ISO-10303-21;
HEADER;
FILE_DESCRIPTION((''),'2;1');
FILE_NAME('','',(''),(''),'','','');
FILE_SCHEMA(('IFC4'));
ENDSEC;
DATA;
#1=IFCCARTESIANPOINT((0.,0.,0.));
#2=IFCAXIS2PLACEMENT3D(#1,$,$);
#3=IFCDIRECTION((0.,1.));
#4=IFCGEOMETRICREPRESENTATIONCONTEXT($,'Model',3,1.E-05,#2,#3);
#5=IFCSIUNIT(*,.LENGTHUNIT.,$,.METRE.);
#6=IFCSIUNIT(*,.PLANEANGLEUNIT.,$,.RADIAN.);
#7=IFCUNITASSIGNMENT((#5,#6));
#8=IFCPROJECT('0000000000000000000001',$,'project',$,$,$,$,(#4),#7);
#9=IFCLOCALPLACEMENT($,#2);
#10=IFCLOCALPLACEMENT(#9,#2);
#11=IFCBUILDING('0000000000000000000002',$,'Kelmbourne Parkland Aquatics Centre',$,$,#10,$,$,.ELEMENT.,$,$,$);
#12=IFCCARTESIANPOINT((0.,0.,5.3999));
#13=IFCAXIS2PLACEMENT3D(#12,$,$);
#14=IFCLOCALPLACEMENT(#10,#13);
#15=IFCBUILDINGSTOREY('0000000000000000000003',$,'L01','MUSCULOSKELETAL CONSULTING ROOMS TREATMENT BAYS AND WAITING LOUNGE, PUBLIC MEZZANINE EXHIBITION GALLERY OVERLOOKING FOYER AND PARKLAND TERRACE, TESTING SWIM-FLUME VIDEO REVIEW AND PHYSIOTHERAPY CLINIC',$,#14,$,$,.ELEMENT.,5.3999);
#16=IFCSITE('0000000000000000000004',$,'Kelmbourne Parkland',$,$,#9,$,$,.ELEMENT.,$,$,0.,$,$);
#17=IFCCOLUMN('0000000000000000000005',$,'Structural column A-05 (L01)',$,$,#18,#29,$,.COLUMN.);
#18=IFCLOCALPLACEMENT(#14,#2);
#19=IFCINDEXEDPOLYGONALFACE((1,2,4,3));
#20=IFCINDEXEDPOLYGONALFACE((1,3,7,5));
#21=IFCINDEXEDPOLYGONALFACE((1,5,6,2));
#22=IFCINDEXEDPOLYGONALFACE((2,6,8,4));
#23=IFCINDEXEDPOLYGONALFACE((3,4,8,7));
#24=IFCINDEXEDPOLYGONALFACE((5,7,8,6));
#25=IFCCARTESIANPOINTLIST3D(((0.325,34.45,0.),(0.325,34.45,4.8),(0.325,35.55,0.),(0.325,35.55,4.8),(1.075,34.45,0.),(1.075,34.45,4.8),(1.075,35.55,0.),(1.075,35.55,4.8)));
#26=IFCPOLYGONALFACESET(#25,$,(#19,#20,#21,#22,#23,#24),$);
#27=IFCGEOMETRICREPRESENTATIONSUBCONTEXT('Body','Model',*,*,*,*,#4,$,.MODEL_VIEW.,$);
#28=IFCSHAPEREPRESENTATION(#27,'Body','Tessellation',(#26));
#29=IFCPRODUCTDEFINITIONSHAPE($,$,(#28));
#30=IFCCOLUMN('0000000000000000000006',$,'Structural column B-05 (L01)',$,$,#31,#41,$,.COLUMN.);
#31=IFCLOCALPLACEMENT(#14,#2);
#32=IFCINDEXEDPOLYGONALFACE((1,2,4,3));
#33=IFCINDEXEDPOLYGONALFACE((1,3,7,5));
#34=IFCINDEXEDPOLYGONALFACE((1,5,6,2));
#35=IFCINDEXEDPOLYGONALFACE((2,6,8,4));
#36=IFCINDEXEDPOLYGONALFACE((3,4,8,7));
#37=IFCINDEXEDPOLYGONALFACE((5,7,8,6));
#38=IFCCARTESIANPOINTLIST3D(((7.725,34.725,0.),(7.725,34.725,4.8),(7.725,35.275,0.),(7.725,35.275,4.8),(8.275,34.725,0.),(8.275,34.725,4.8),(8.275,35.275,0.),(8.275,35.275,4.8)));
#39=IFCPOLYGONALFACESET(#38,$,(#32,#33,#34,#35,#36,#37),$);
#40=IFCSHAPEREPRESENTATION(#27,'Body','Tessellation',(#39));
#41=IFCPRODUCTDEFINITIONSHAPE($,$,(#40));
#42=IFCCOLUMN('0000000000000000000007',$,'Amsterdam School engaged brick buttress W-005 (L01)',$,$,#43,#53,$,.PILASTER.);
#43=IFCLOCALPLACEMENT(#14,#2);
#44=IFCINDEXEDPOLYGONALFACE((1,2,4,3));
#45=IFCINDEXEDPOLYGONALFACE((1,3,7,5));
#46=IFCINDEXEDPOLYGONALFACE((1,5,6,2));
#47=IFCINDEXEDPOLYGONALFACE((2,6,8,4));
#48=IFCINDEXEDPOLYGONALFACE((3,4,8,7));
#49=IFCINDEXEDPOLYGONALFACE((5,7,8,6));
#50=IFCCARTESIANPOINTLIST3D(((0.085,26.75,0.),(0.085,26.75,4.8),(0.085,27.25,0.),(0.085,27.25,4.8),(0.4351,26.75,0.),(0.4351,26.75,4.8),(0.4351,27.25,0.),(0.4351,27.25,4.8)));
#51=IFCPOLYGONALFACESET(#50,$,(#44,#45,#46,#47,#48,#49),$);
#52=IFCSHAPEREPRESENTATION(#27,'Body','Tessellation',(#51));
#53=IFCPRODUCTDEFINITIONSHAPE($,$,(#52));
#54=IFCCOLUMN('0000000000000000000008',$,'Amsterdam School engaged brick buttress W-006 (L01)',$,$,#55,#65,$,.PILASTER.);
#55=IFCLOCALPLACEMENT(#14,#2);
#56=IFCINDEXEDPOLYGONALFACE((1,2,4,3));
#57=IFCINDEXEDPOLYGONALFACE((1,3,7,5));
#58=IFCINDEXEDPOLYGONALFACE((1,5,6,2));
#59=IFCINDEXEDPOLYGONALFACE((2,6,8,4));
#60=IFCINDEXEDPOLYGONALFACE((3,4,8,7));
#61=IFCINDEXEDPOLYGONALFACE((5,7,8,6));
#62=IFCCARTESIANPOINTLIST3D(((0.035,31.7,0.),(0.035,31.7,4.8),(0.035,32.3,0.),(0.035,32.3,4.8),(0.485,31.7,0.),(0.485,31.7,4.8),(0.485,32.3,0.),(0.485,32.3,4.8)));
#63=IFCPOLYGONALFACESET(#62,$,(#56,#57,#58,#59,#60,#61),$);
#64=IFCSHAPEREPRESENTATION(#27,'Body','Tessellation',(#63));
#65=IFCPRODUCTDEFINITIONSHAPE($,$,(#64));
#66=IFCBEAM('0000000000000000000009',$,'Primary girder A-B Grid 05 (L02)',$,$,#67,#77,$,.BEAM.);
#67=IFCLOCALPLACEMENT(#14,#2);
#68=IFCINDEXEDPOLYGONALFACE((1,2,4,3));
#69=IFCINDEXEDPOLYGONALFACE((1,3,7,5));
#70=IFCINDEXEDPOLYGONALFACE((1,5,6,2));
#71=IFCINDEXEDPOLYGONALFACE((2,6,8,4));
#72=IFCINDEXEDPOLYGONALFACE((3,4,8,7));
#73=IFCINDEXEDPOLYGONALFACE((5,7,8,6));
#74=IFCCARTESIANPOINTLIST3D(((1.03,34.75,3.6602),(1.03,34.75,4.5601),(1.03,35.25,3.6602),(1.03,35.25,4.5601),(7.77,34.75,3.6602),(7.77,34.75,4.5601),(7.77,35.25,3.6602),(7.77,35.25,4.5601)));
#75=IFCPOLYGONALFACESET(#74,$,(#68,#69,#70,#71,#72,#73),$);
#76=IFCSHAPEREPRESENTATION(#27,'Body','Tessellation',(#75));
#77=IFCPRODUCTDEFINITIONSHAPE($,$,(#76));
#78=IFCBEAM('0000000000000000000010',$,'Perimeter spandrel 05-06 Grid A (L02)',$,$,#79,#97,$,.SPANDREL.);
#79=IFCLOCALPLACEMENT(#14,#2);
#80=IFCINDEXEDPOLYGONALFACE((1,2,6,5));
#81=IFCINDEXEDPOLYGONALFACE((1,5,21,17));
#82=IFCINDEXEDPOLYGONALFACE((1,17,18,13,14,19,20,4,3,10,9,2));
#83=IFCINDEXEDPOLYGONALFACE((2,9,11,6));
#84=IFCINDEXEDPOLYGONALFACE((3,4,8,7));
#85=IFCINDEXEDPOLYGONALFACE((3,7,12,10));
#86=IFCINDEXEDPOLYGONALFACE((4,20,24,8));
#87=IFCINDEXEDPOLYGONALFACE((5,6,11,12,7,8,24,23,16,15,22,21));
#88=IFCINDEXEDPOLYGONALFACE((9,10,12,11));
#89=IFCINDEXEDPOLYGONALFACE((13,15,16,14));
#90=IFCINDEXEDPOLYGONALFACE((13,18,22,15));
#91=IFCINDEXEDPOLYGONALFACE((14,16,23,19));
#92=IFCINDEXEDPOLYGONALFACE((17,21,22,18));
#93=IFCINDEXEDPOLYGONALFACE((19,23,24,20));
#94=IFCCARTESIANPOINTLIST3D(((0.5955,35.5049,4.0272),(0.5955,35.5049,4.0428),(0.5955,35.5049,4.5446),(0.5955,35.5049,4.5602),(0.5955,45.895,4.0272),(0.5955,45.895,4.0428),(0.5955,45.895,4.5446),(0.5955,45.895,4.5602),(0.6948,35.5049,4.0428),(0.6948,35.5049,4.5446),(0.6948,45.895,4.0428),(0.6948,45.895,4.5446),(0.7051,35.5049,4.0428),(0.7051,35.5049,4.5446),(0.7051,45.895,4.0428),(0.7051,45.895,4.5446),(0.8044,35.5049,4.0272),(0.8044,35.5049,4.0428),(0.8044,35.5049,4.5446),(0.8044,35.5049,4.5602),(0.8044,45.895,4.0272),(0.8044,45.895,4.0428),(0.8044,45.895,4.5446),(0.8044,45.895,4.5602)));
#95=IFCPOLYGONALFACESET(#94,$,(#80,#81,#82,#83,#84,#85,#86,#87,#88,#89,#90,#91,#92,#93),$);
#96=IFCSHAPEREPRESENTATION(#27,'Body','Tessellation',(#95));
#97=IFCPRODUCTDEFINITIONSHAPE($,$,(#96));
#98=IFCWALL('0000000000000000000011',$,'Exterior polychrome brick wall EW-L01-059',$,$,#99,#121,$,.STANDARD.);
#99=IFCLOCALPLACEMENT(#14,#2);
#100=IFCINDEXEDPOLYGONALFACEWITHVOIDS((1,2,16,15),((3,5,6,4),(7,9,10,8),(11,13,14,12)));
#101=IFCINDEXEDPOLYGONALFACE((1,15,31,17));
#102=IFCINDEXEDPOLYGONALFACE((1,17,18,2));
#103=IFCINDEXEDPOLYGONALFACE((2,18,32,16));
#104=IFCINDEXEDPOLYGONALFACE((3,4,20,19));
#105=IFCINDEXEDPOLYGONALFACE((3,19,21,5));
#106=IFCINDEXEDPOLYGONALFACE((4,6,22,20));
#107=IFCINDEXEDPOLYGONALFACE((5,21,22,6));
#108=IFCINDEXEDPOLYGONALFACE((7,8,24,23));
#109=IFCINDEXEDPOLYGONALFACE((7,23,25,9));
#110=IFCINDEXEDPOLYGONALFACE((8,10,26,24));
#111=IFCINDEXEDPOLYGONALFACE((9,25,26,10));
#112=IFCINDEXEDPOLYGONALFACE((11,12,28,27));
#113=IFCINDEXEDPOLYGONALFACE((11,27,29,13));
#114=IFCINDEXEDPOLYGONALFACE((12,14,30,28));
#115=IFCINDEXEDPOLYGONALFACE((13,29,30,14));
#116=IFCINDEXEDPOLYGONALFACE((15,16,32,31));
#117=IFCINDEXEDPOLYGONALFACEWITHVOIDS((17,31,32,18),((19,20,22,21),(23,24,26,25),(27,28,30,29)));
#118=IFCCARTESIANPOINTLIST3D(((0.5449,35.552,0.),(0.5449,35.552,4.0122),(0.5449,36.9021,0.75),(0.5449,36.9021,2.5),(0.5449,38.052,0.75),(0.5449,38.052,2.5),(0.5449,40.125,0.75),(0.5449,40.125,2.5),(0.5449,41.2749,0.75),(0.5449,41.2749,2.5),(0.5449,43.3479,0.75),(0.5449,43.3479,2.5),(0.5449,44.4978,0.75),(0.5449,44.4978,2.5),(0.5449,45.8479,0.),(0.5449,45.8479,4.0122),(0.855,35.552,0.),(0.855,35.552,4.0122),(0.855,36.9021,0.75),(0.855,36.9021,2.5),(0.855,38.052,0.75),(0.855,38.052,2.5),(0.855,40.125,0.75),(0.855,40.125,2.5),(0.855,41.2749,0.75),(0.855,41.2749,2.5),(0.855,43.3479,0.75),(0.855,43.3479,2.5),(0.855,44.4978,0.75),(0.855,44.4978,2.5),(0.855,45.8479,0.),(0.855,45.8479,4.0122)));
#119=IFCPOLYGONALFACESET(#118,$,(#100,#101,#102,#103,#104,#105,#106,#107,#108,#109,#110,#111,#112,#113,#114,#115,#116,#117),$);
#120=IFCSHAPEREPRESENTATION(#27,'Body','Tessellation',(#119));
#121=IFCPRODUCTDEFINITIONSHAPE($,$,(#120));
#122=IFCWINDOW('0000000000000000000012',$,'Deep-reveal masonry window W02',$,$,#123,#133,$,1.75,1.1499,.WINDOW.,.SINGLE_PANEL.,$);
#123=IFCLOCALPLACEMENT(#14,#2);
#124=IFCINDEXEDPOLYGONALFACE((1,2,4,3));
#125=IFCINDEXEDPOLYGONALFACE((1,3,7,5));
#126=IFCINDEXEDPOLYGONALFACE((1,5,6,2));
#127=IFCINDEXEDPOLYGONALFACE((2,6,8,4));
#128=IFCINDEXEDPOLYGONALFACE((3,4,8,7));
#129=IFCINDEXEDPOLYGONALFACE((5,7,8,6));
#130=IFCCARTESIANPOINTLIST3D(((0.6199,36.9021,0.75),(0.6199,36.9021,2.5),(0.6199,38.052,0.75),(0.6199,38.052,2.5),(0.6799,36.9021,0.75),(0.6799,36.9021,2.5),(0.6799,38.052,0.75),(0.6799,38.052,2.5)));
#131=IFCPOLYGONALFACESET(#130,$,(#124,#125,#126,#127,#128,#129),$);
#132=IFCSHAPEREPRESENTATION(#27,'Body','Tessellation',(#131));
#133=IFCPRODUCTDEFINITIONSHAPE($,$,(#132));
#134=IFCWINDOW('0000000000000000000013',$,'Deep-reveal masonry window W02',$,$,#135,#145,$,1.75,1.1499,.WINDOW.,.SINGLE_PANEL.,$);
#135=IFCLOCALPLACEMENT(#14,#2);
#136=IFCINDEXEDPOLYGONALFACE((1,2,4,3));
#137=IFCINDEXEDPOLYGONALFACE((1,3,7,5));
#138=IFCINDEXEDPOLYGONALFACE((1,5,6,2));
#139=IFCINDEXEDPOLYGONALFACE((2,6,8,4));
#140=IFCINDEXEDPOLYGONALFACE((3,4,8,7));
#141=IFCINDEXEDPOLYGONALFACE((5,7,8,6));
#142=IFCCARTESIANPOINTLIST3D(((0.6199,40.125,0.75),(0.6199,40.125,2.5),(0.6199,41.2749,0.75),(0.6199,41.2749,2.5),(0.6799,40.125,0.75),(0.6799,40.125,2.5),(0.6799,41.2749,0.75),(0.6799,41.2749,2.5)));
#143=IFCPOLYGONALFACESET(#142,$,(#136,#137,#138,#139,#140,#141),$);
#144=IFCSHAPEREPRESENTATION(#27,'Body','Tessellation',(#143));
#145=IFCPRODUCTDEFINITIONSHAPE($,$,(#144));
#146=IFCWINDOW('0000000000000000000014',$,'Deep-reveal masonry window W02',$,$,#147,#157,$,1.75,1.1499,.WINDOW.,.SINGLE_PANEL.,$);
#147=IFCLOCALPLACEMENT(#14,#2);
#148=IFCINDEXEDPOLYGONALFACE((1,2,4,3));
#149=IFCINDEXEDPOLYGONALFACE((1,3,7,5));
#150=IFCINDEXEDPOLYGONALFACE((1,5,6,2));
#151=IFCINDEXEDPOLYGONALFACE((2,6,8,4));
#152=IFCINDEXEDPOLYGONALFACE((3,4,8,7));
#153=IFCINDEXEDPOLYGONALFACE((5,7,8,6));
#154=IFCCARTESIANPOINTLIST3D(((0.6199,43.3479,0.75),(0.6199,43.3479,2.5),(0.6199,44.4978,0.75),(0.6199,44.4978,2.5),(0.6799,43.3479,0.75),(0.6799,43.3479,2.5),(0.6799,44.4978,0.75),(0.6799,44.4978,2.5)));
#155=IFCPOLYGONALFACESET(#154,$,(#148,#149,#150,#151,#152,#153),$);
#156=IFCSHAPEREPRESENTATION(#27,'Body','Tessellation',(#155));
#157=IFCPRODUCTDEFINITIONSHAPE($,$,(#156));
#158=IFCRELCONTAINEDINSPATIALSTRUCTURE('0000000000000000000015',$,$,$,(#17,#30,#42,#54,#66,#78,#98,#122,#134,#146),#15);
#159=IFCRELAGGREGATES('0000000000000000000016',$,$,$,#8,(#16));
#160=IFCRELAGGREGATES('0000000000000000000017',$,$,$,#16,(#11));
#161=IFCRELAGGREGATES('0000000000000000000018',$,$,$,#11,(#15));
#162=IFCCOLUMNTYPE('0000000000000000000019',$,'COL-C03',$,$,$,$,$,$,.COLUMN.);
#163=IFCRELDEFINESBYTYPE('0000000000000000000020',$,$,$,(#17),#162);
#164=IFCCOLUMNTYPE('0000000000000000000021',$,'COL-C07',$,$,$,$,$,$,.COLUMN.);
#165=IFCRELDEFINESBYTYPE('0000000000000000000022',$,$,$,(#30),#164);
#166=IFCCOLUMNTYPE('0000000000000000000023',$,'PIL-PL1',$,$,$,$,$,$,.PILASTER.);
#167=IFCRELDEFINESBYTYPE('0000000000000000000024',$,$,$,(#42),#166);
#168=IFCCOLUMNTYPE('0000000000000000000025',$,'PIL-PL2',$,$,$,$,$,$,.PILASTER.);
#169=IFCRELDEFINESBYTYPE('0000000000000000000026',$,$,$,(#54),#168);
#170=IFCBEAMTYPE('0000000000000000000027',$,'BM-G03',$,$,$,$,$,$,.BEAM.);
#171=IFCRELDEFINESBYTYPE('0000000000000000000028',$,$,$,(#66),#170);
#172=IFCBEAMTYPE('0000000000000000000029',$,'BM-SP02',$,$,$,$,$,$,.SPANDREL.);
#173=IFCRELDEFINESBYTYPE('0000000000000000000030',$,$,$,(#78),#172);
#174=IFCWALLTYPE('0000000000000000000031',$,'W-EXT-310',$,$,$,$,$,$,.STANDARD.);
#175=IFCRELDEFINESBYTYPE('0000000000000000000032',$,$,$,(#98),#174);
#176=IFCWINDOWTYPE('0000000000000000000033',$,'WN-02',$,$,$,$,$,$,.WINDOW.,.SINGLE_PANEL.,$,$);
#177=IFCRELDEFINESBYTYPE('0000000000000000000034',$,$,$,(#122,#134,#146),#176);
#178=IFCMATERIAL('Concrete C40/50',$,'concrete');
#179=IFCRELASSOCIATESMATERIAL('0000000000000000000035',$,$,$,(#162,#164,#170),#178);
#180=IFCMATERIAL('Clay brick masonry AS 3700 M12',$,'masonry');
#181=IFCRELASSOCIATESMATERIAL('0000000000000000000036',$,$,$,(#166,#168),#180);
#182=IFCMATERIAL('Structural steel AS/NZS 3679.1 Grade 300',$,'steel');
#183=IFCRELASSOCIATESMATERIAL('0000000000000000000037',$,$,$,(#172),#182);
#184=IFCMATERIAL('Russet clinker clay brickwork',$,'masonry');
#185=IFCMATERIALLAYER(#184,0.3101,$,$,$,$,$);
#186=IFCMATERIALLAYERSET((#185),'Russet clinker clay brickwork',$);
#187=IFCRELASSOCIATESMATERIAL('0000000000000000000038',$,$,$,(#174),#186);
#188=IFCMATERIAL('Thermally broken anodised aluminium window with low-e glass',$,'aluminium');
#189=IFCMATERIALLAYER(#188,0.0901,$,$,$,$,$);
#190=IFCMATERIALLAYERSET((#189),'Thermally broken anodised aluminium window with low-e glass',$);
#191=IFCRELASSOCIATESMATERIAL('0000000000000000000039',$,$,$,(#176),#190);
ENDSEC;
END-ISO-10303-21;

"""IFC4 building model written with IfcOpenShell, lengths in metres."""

from ifc_helpers import new_model, si_unit, direction, frame, frame_2d, origin, origin_2d, place, context, subcontext, project, spatial, rectangle, i_section, extrude, material, layer, layer_set, material_profile, profile_set, type_object, element, fill, save


model = new_model("IFC4")

# Units and contexts
model_context = context("Model", 3, precision=1e-05, world=origin(), true_north=direction((0.0, 1.0)))
body_context = subcontext(model_context, "Body", "Model", "MODEL_VIEW")
ifc_project = project(units=[si_unit("LENGTHUNIT", "METRE"), si_unit("PLANEANGLEUNIT", "RADIAN")], contexts=[model_context])

# Site, building, storey
site_placement = place(None, origin())
site = spatial("IfcSite", under=ifc_project, at=site_placement, Name="Kelmbourne Parkland", CompositionType="ELEMENT", RefElevation=0.0)
building_placement = place(site_placement, origin())
building = spatial("IfcBuilding", under=site, at=building_placement, Name="Kelmbourne Parkland Aquatics Centre", CompositionType="ELEMENT")
storey_placement = place(building_placement, frame((0.0, 0.0, 5.3999)))
storey = spatial("IfcBuildingStorey", under=building, at=storey_placement, Name="L01", Description="MUSCULOSKELETAL CONSULTING ROOMS TREATMENT BAYS AND WAITING LOUNGE, PUBLIC MEZZANINE EXHIBITION GALLERY OVERLOOKING FOYER AND PARKLAND TERRACE, TESTING SWIM-FLUME VIDEO REVIEW AND PHYSIOTHERAPY CLINIC", CompositionType="ELEMENT", Elevation=5.3999)

# Columns
ifc_material_1 = material(Name="Concrete C40/50", Category="concrete")
ifc_material_profile_1 = material_profile(ifc_material_1, rectangle(XDim=0.75, YDim=1.1001, at=origin_2d()), Name="RC 750x1100")
ifc_profile_set_1 = profile_set([ifc_material_profile_1], Name="Concrete C40/50")
column_type_1 = type_object("IfcColumnType", Name="COL-C03", PredefinedType="COLUMN", material=ifc_profile_set_1)
column_1_placement = place(storey_placement, frame((0.7, 35.0, 0.0), z_axis=(0.0, 0.0, 1.0), x_axis=(1.0, 0.0, 0.0)))
element("IfcColumn", 1, at=column_1_placement, inside=storey, type_object=column_type_1, Name="Structural column A-05 (L01)", PredefinedType="COLUMN", context=body_context, shape_type="SweptSolid", body=[
    extrude(rectangle(XDim=0.75, YDim=1.1001, at=origin_2d()), origin(), (0.0, 0.0, 1.0), 4.8),
])
ifc_material_profile_2 = material_profile(ifc_material_1, rectangle(XDim=0.55, YDim=0.55, at=origin_2d()), Name="RC 550x550")
ifc_profile_set_2 = profile_set([ifc_material_profile_2], Name="Concrete C40/50")
column_type_2 = type_object("IfcColumnType", Name="COL-C07", PredefinedType="COLUMN", material=ifc_profile_set_2)
column_2_placement = place(storey_placement, frame((8.0, 35.0, 0.0), z_axis=(0.0, 0.0, 1.0), x_axis=(1.0, 0.0, 0.0)))
element("IfcColumn", 2, at=column_2_placement, inside=storey, type_object=column_type_2, Name="Structural column B-05 (L01)", PredefinedType="COLUMN", context=body_context, shape_type="SweptSolid", body=[
    extrude(rectangle(XDim=0.55, YDim=0.55, at=origin_2d()), origin(), (0.0, 0.0, 1.0), 4.8),
])
ifc_material_2 = material(Name="Clay brick masonry AS 3700 M12", Category="masonry")
ifc_material_profile_3 = material_profile(ifc_material_2, rectangle(XDim=0.3501, YDim=0.5, at=origin_2d()), Name="PIL 350x500")
ifc_profile_set_3 = profile_set([ifc_material_profile_3], Name="Clay brick masonry AS 3700 M12")
column_type_3 = type_object("IfcColumnType", Name="PIL-PL1", PredefinedType="PILASTER", material=ifc_profile_set_3)
column_3_placement = place(storey_placement, frame((0.26, 27.0, 0.0), z_axis=(0.0, 0.0, 1.0), x_axis=(1.0, 0.0, 0.0)))
element("IfcColumn", 3, at=column_3_placement, inside=storey, type_object=column_type_3, Name="Amsterdam School engaged brick buttress W-005 (L01)", PredefinedType="PILASTER", context=body_context, shape_type="SweptSolid", body=[
    extrude(rectangle(XDim=0.3501, YDim=0.5, at=origin_2d()), origin(), (0.0, 0.0, 1.0), 4.8),
])
ifc_material_profile_4 = material_profile(ifc_material_2, rectangle(XDim=0.45, YDim=0.6001, at=origin_2d()), Name="PIL 450x600")
ifc_profile_set_4 = profile_set([ifc_material_profile_4], Name="Clay brick masonry AS 3700 M12")
column_type_4 = type_object("IfcColumnType", Name="PIL-PL2", PredefinedType="PILASTER", material=ifc_profile_set_4)
column_4_placement = place(storey_placement, frame((0.26, 32.0, 0.0), z_axis=(0.0, 0.0, 1.0), x_axis=(1.0, 0.0, 0.0)))
element("IfcColumn", 4, at=column_4_placement, inside=storey, type_object=column_type_4, Name="Amsterdam School engaged brick buttress W-006 (L01)", PredefinedType="PILASTER", context=body_context, shape_type="SweptSolid", body=[
    extrude(rectangle(XDim=0.45, YDim=0.6001, at=origin_2d()), origin(), (0.0, 0.0, 1.0), 4.8),
])

# Beams
ifc_material_profile_5 = material_profile(ifc_material_1, rectangle(XDim=0.5, YDim=0.8999, at=origin_2d()), Name="RC 500x900")
ifc_profile_set_5 = profile_set([ifc_material_profile_5], Name="Concrete C40/50")
beam_type_1 = type_object("IfcBeamType", Name="BM-G03", PredefinedType="BEAM", material=ifc_profile_set_5)
beam_1_placement = place(storey_placement, frame((1.03, 35.0, 4.1101), z_axis=(1.0, 0.0, 0.0), x_axis=(0.0, 1.0, 0.0)))
element("IfcBeam", 5, at=beam_1_placement, inside=storey, type_object=beam_type_1, Name="Primary girder A-B Grid 05 (L02)", PredefinedType="BEAM", context=body_context, shape_type="SweptSolid", body=[
    extrude(rectangle(XDim=0.5, YDim=0.8999, at=origin_2d()), origin(), (0.0, 0.0, 1.0), 6.74),
])
ifc_material_3 = material(Name="Structural steel AS/NZS 3679.1 Grade 300", Category="steel")
ifc_material_profile_6 = material_profile(ifc_material_3, i_section(OverallWidth=0.209, OverallDepth=0.533, WebThickness=0.0103, FlangeThickness=0.0156, at=origin_2d()), Name="530UB92.4")
ifc_profile_set_6 = profile_set([ifc_material_profile_6], Name="Structural steel AS/NZS 3679.1 Grade 300")
beam_type_2 = type_object("IfcBeamType", Name="BM-SP02", PredefinedType="SPANDREL", material=ifc_profile_set_6)
beam_2_placement = place(storey_placement, frame((0.7, 35.5049, 4.2937), z_axis=(0.0, 1.0, 0.0), x_axis=(-1.0, 0.0, 0.0)))
element("IfcBeam", 6, at=beam_2_placement, inside=storey, type_object=beam_type_2, Name="Perimeter spandrel 05-06 Grid A (L02)", PredefinedType="SPANDREL", context=body_context, shape_type="SweptSolid", body=[
    extrude(i_section(OverallWidth=0.209, OverallDepth=0.533, WebThickness=0.0103, FlangeThickness=0.0156, at=origin_2d()), origin(), (0.0, 0.0, 1.0), 10.3901),
])

# Wall, openings, windows
ifc_material_4 = material(Name="Russet clinker clay brickwork", Category="masonry")
ifc_layer_1 = layer(ifc_material_4, 0.3101)
ifc_layer_set_1 = layer_set([ifc_layer_1], Name="Russet clinker clay brickwork")
wall_type_1 = type_object("IfcWallType", Name="W-EXT-310", PredefinedType="STANDARD", material=ifc_layer_set_1)
wall_1_placement = place(storey_placement, frame((0.7, 35.552, 0.0), z_axis=(0.0, 0.0, 1.0), x_axis=(0.0, 1.0, 0.0)))
wall_1 = element("IfcWall", 7, at=wall_1_placement, inside=storey, type_object=wall_type_1, Name="Exterior polychrome brick wall EW-L01-059", PredefinedType="STANDARD", context=body_context, shape_type="SweptSolid", body=[
    extrude(rectangle(XDim=10.2959, YDim=0.3101, at=frame_2d((5.1479, 0.0))), origin(), (0.0, 0.0, 1.0), 4.0122),
])
opening_1_placement = place(wall_1_placement, frame((1.3501, 0.0, 0.75)))
opening_1 = element("IfcOpeningElement", 8, at=opening_1_placement, cuts=wall_1, PredefinedType="OPENING", context=body_context, shape_type="SweptSolid", body=[
    extrude(rectangle(XDim=1.1499, YDim=1.75, at=frame_2d((0.575, 0.875))), frame((0.0, 0.167, 0.0), z_axis=(0.0, -1.0, 0.0), x_axis=(1.0, 0.0, 0.0)), (0.0, 0.0, 1.0), 0.334),
])
opening_2_placement = place(wall_1_placement, frame((4.573, 0.0, 0.75)))
opening_2 = element("IfcOpeningElement", 9, at=opening_2_placement, cuts=wall_1, PredefinedType="OPENING", context=body_context, shape_type="SweptSolid", body=[
    extrude(rectangle(XDim=1.1499, YDim=1.75, at=frame_2d((0.575, 0.875))), frame((0.0, 0.167, 0.0), z_axis=(0.0, -1.0, 0.0), x_axis=(1.0, 0.0, 0.0)), (0.0, 0.0, 1.0), 0.334),
])
opening_3_placement = place(wall_1_placement, frame((7.7959, 0.0, 0.75)))
opening_3 = element("IfcOpeningElement", 10, at=opening_3_placement, cuts=wall_1, PredefinedType="OPENING", context=body_context, shape_type="SweptSolid", body=[
    extrude(rectangle(XDim=1.1499, YDim=1.75, at=frame_2d((0.575, 0.875))), frame((0.0, 0.167, 0.0), z_axis=(0.0, -1.0, 0.0), x_axis=(1.0, 0.0, 0.0)), (0.0, 0.0, 1.0), 0.334),
])
ifc_material_5 = material(Name="Thermally broken anodised aluminium window with low-e glass", Category="aluminium")
ifc_layer_2 = layer(ifc_material_5, 0.0901)
ifc_layer_set_2 = layer_set([ifc_layer_2], Name="Thermally broken anodised aluminium window with low-e glass")
window_type = type_object("IfcWindowType", Name="WN-02", PartitioningType="SINGLE_PANEL", PredefinedType="WINDOW", material=ifc_layer_set_2)
window_1_placement = place(opening_1_placement, origin())
window_1 = element("IfcWindow", 11, at=window_1_placement, inside=storey, type_object=window_type, Name="Deep-reveal masonry window W02", OverallHeight=1.75, OverallWidth=1.1499, PartitioningType="SINGLE_PANEL", PredefinedType="WINDOW", context=body_context, shape_type="SweptSolid", body=[
    extrude(rectangle(XDim=1.1499, YDim=1.75, at=frame_2d((0.575, 0.875))), frame((0.0, 0.0801, 0.0), z_axis=(0.0, -1.0, 0.0), x_axis=(1.0, 0.0, 0.0)), (0.0, 0.0, 1.0), 0.0601),
])
fill(opening_1, window_1)
window_2_placement = place(opening_2_placement, origin())
window_2 = element("IfcWindow", 12, at=window_2_placement, inside=storey, type_object=window_type, Name="Deep-reveal masonry window W02", OverallHeight=1.75, OverallWidth=1.1499, PartitioningType="SINGLE_PANEL", PredefinedType="WINDOW", context=body_context, shape_type="SweptSolid", body=[
    extrude(rectangle(XDim=1.1499, YDim=1.75, at=frame_2d((0.575, 0.875))), frame((0.0, 0.0801, 0.0), z_axis=(0.0, -1.0, 0.0), x_axis=(1.0, 0.0, 0.0)), (0.0, 0.0, 1.0), 0.0601),
])
fill(opening_2, window_2)
window_3_placement = place(opening_3_placement, origin())
window_3 = element("IfcWindow", 13, at=window_3_placement, inside=storey, type_object=window_type, Name="Deep-reveal masonry window W02", OverallHeight=1.75, OverallWidth=1.1499, PartitioningType="SINGLE_PANEL", PredefinedType="WINDOW", context=body_context, shape_type="SweptSolid", body=[
    extrude(rectangle(XDim=1.1499, YDim=1.75, at=frame_2d((0.575, 0.875))), frame((0.0, 0.0801, 0.0), z_axis=(0.0, -1.0, 0.0), x_axis=(1.0, 0.0, 0.0)), (0.0, 0.0, 1.0), 0.0601),
])
fill(opening_3, window_3)

save(model, "model.ifc")
